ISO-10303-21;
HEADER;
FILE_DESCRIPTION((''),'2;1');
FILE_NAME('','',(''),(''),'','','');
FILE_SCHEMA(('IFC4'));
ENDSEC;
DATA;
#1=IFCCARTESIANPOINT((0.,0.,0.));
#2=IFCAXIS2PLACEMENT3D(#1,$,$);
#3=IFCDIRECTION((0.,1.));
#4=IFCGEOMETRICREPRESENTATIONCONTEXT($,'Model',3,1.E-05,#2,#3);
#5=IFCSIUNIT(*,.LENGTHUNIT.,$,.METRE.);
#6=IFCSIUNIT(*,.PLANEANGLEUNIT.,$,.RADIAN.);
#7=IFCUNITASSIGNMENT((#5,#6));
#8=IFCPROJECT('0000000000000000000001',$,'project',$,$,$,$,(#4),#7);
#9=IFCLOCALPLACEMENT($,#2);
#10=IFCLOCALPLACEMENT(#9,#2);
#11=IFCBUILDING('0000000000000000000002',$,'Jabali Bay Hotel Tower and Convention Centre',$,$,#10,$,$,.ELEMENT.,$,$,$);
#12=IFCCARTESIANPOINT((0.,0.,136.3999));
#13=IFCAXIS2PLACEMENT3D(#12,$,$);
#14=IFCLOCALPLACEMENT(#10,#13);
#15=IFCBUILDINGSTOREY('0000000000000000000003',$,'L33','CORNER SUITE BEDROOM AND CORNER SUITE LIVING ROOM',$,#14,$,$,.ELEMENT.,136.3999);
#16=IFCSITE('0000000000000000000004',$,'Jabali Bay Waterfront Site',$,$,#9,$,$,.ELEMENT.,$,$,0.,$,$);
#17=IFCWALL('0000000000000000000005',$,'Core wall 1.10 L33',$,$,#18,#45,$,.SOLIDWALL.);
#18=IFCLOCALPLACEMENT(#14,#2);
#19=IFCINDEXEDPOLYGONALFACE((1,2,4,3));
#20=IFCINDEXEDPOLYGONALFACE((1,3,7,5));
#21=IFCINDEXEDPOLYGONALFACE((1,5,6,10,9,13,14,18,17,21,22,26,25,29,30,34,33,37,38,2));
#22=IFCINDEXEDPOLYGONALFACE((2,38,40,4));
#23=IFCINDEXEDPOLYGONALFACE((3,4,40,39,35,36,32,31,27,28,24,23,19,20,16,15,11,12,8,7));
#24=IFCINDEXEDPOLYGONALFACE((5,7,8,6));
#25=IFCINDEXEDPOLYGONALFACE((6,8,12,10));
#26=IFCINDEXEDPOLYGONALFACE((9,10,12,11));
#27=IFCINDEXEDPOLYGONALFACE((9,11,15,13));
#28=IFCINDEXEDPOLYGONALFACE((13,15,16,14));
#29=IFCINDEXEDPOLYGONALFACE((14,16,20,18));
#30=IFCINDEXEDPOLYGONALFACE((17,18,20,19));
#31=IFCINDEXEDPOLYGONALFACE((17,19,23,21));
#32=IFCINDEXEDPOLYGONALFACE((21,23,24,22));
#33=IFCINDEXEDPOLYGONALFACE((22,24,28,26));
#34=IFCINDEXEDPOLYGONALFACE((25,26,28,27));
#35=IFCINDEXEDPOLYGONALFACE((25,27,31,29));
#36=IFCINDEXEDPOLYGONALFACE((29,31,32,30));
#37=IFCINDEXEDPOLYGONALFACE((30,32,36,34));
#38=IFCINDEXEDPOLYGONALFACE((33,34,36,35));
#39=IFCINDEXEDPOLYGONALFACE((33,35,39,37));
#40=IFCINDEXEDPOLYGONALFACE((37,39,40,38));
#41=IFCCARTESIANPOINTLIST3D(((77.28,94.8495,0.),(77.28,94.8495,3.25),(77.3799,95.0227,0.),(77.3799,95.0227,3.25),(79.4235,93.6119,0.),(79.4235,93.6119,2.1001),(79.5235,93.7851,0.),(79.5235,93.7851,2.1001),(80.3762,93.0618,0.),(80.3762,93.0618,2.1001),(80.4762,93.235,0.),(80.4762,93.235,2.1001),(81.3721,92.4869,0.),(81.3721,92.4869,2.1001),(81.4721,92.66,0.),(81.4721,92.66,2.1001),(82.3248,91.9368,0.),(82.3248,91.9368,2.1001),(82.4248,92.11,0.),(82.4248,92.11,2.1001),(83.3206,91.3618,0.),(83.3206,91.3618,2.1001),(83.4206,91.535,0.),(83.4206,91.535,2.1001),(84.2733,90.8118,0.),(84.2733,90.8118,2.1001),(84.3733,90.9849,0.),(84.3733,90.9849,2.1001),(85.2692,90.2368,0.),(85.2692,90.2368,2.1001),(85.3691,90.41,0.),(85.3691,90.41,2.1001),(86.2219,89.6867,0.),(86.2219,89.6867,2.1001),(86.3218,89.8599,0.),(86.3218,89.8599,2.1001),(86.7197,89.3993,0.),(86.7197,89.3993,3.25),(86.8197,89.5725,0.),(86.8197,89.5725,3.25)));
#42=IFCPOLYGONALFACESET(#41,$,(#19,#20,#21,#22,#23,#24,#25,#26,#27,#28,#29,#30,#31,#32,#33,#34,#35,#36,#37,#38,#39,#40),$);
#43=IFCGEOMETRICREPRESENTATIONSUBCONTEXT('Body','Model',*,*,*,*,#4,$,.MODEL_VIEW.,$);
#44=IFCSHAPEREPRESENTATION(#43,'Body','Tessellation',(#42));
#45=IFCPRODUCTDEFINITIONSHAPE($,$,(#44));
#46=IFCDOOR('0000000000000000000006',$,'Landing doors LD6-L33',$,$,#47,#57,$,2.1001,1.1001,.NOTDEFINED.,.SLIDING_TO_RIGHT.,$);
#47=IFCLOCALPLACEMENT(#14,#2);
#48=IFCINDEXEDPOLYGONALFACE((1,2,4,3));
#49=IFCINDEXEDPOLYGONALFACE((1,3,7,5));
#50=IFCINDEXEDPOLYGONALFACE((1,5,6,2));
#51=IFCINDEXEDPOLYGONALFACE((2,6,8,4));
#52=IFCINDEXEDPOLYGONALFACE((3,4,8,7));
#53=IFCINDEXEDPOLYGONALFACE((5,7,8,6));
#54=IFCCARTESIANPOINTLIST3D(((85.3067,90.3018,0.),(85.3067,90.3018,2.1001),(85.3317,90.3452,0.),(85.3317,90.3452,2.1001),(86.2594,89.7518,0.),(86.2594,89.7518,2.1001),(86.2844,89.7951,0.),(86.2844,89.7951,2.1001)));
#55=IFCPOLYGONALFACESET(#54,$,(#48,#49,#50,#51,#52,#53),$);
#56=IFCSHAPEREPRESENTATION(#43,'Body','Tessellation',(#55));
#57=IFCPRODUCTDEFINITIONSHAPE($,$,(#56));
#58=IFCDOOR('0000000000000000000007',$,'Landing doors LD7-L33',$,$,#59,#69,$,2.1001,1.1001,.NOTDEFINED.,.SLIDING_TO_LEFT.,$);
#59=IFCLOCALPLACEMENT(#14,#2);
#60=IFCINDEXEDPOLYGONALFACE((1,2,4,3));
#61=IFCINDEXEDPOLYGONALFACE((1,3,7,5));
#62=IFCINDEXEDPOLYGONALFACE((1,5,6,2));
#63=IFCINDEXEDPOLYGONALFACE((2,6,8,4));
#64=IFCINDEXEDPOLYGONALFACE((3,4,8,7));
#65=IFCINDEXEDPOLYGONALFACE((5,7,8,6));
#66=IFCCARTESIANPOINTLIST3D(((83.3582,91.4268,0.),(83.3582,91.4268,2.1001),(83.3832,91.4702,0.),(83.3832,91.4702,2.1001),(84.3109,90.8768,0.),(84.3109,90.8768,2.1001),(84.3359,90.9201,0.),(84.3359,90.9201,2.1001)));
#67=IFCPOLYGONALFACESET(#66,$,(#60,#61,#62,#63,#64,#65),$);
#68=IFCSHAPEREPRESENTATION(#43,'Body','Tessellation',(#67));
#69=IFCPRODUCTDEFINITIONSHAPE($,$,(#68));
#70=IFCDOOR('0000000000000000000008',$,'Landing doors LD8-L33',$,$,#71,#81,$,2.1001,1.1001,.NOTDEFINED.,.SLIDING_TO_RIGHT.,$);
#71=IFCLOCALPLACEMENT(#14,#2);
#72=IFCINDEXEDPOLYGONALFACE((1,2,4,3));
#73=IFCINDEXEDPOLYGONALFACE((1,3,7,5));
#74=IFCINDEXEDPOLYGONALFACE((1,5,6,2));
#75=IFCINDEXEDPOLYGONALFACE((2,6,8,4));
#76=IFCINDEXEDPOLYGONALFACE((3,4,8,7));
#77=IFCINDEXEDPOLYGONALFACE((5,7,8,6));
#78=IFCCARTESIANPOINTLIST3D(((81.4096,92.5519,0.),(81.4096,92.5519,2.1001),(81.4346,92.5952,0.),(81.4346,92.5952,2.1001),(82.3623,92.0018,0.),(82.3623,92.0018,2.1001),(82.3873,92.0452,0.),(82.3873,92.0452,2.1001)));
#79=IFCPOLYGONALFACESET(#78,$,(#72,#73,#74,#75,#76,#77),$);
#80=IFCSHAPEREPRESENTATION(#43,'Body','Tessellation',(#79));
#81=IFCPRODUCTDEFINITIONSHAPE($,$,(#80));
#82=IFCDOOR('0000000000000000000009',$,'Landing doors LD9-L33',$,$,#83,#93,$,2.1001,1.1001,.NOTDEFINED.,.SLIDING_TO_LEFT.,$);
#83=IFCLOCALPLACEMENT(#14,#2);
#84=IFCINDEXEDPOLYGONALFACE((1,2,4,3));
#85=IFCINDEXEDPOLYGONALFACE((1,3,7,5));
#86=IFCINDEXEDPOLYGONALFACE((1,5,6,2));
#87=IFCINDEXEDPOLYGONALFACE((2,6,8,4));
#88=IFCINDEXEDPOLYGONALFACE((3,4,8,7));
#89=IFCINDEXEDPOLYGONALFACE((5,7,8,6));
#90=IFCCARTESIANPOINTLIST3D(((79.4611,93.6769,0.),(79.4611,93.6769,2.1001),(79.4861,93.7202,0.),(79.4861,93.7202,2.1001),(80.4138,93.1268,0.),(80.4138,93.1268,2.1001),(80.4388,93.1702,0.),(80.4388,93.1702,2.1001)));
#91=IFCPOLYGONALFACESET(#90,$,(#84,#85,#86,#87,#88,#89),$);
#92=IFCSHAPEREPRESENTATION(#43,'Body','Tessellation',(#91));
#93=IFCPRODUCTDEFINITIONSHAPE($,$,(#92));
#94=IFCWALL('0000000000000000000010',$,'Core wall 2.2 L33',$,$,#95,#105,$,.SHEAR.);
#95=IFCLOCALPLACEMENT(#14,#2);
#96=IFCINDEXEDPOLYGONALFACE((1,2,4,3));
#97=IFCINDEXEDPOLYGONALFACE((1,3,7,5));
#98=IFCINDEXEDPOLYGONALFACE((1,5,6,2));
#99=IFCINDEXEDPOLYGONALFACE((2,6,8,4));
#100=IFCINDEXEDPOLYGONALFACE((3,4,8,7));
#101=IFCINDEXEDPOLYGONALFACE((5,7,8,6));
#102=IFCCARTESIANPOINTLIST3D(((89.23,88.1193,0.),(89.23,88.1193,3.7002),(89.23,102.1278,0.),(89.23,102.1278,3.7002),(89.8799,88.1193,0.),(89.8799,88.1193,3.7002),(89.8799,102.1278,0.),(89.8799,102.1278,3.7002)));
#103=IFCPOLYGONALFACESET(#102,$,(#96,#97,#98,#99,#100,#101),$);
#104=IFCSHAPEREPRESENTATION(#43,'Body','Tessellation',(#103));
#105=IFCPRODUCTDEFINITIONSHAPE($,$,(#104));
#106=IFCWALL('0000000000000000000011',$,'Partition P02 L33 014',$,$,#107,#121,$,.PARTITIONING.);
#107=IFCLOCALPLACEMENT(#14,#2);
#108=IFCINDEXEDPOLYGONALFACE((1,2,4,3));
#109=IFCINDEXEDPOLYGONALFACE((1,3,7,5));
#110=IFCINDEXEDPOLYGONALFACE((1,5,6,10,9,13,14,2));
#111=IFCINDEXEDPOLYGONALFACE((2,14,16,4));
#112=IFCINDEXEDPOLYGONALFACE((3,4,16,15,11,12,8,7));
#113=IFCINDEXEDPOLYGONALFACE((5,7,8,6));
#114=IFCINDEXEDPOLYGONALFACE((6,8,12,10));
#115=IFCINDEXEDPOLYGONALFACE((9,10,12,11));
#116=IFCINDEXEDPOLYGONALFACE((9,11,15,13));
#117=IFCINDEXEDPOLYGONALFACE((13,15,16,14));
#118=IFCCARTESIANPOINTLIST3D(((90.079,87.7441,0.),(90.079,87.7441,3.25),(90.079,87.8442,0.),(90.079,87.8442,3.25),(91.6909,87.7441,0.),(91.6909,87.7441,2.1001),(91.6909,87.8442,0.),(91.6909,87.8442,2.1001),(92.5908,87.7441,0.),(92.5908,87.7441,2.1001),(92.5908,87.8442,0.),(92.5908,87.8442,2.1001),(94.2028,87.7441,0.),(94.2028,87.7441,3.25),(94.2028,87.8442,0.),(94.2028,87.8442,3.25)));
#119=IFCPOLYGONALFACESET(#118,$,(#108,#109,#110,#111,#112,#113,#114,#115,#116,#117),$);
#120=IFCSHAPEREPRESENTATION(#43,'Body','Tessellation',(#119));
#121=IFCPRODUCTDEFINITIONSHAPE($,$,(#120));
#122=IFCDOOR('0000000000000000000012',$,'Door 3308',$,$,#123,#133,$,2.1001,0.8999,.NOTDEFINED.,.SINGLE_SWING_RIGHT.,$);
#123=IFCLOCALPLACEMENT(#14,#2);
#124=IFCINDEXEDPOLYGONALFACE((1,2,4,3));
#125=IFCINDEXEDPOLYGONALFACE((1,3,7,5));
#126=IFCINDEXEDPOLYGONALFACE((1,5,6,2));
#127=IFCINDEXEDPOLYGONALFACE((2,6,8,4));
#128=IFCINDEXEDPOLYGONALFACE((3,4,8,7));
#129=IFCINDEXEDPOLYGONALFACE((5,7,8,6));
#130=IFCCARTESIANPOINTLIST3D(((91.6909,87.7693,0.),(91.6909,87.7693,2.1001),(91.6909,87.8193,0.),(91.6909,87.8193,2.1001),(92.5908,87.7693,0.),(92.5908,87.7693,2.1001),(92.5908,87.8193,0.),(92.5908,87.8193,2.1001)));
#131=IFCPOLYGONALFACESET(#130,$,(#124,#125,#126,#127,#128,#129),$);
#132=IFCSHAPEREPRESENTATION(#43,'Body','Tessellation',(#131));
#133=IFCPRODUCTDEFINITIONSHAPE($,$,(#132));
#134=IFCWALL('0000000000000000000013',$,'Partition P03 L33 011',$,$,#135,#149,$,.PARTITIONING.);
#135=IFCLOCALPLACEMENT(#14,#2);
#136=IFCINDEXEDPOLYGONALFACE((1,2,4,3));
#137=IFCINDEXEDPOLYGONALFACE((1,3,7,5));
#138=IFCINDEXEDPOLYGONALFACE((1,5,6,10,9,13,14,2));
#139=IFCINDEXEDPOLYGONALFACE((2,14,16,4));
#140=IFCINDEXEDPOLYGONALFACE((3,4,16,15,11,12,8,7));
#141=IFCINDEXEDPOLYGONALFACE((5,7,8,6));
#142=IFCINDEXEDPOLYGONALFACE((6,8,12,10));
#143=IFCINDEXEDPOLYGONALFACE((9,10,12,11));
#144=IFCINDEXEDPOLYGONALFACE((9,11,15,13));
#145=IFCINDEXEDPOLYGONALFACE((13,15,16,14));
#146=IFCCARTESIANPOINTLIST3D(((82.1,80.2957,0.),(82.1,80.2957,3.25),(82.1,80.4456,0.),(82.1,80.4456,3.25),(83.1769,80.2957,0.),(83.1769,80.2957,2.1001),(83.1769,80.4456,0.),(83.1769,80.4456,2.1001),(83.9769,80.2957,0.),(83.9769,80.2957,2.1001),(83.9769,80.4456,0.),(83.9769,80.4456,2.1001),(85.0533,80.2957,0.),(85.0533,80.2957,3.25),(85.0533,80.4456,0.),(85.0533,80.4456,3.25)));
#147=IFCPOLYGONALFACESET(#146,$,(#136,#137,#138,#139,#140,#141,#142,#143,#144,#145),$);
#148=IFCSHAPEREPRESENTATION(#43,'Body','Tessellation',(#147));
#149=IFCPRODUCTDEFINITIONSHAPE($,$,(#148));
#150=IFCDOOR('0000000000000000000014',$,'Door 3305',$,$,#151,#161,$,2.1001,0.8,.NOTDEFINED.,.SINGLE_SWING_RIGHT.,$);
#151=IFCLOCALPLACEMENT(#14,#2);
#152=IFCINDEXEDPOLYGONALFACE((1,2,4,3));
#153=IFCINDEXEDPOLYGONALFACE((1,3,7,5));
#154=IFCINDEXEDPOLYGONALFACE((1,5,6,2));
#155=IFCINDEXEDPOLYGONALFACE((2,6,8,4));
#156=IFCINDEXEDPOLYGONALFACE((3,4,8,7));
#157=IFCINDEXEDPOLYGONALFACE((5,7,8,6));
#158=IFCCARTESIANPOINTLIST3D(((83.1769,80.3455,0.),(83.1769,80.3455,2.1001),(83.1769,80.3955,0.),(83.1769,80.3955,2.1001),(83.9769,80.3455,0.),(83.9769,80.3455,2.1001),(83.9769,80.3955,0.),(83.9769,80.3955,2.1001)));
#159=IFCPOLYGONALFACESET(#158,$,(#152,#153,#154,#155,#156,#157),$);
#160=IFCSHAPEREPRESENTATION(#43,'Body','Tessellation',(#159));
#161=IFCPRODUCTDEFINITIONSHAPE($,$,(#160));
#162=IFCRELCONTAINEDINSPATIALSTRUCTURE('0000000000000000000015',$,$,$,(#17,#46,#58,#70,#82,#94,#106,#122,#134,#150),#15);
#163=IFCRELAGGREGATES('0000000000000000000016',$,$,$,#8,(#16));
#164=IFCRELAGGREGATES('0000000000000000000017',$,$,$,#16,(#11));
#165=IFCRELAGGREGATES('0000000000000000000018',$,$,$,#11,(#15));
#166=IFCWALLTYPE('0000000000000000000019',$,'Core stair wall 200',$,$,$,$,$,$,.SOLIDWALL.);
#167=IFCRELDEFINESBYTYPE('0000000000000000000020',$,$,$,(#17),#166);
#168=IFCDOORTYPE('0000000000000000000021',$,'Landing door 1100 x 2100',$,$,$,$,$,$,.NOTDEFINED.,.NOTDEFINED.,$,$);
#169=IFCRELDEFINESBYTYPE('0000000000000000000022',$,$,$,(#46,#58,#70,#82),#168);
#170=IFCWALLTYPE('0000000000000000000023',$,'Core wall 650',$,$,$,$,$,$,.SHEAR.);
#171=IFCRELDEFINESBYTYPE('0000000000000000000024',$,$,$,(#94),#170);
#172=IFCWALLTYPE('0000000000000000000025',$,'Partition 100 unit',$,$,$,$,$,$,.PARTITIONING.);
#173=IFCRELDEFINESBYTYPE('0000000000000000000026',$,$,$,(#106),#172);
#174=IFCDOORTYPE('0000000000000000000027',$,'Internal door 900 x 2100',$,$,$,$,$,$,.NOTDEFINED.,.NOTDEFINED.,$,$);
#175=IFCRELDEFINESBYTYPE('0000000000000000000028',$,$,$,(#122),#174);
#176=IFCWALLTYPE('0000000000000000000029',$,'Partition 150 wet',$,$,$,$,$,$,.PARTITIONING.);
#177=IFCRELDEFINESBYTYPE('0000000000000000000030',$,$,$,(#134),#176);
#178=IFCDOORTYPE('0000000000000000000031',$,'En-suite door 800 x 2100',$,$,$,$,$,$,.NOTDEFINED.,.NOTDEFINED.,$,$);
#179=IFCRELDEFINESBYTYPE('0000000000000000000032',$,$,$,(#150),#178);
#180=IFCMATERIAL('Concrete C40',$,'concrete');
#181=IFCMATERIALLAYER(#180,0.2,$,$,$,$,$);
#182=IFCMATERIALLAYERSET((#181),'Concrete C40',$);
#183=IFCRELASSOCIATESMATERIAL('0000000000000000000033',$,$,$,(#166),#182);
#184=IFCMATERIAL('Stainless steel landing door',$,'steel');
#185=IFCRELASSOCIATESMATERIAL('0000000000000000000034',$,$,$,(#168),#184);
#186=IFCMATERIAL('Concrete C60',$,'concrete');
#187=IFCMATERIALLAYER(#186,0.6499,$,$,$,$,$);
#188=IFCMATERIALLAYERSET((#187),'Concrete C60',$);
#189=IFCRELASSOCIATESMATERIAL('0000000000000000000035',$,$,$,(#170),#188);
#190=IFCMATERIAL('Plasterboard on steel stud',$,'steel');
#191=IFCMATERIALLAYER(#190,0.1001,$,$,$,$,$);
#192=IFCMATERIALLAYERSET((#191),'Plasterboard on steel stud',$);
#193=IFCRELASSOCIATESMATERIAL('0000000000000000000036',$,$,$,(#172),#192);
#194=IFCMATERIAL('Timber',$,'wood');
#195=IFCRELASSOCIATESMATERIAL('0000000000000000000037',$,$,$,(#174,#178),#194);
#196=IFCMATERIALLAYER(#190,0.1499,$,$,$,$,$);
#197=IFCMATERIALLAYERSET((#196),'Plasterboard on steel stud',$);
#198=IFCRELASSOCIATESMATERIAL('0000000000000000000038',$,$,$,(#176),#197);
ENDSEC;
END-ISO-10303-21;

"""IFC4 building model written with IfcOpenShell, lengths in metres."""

from ifc_helpers import new_model, si_unit, direction, frame, frame_2d, origin, place, context, subcontext, project, spatial, rectangle, extrude, material, layer, layer_set, type_object, element, fill, save


model = new_model("IFC4")

# Units and contexts
model_context = context("Model", 3, precision=1e-05, world=origin(), true_north=direction((0.0, 1.0)))
body_context = subcontext(model_context, "Body", "Model", "MODEL_VIEW")
ifc_project = project(units=[si_unit("LENGTHUNIT", "METRE"), si_unit("PLANEANGLEUNIT", "RADIAN")], contexts=[model_context])

# Site, building, storey
site_placement = place(None, origin())
site = spatial("IfcSite", under=ifc_project, at=site_placement, Name="Jabali Bay Waterfront Site", CompositionType="ELEMENT", RefElevation=0.0)
building_placement = place(site_placement, origin())
building = spatial("IfcBuilding", under=site, at=building_placement, Name="Jabali Bay Hotel Tower and Convention Centre", CompositionType="ELEMENT")
storey_placement = place(building_placement, frame((0.0, 0.0, 136.3999)))
storey = spatial("IfcBuildingStorey", under=building, at=storey_placement, Name="L33", Description="CORNER SUITE BEDROOM AND CORNER SUITE LIVING ROOM", CompositionType="ELEMENT", Elevation=136.3999)

# Shared definitions
ifc_material_1 = material(Name="Concrete C60", Category="concrete")

# Shared definitions
ifc_material_2 = material(Name="Concrete C40", Category="concrete")

# Shared definitions
ifc_layer_1 = layer(ifc_material_2, 0.2)
ifc_layer_set_1 = layer_set([ifc_layer_1], Name="Concrete C40")
wall_type_1 = type_object("IfcWallType", Name="Core stair wall 200", PredefinedType="SOLIDWALL", material=ifc_layer_set_1)

# Wall, openings, doors
wall_1_placement = place(storey_placement, frame((86.7698, 89.4858, 0.0), z_axis=(0.0, 0.0, 1.0), x_axis=(-0.866018, 0.500013, 0.0)))
wall_1 = element("IfcWall", 1, at=wall_1_placement, inside=storey, type_object=wall_type_1, Name="Core wall 1.10 L33", PredefinedType="SOLIDWALL", context=body_context, shape_type="SweptSolid", body=[
    extrude(rectangle(XDim=10.9001, YDim=0.2, at=frame_2d((5.4502, 0.0))), origin(), (0.0, 0.0, 1.0), 3.25),
])
opening_1_placement = place(wall_1_placement, frame((0.575, 0.0, 0.0)))
opening_1 = element("IfcOpeningElement", 2, at=opening_1_placement, cuts=wall_1, PredefinedType="OPENING", context=body_context, shape_type="SweptSolid", body=[
    extrude(rectangle(XDim=1.1001, YDim=2.1001, at=frame_2d((0.55, 1.05))), frame((0.0, 0.1104, 0.0), z_axis=(0.0, -1.0, 0.0), x_axis=(1.0, 0.0, 0.0)), (0.0, 0.0, 1.0), 0.2209),
])
opening_2_placement = place(wall_1_placement, frame((2.825, 0.0, 0.0)))
opening_2 = element("IfcOpeningElement", 3, at=opening_2_placement, cuts=wall_1, PredefinedType="OPENING", context=body_context, shape_type="SweptSolid", body=[
    extrude(rectangle(XDim=1.1001, YDim=2.1001, at=frame_2d((0.55, 1.05))), frame((0.0, 0.1104, 0.0), z_axis=(0.0, -1.0, 0.0), x_axis=(1.0, 0.0, 0.0)), (0.0, 0.0, 1.0), 0.2209),
])
opening_3_placement = place(wall_1_placement, frame((5.075, 0.0, 0.0)))
opening_3 = element("IfcOpeningElement", 4, at=opening_3_placement, cuts=wall_1, PredefinedType="OPENING", context=body_context, shape_type="SweptSolid", body=[
    extrude(rectangle(XDim=1.1001, YDim=2.1001, at=frame_2d((0.55, 1.05))), frame((0.0, 0.1104, 0.0), z_axis=(0.0, -1.0, 0.0), x_axis=(1.0, 0.0, 0.0)), (0.0, 0.0, 1.0), 0.2209),
])
opening_4_placement = place(wall_1_placement, frame((7.325, 0.0, 0.0)))
opening_4 = element("IfcOpeningElement", 5, at=opening_4_placement, cuts=wall_1, PredefinedType="OPENING", context=body_context, shape_type="SweptSolid", body=[
    extrude(rectangle(XDim=1.1001, YDim=2.1001, at=frame_2d((0.55, 1.05))), frame((0.0, 0.1104, 0.0), z_axis=(0.0, -1.0, 0.0), x_axis=(1.0, 0.0, 0.0)), (0.0, 0.0, 1.0), 0.2209),
])
ifc_material_3 = material(Name="Stainless steel landing door", Category="steel")
door_type_1 = type_object("IfcDoorType", Name="Landing door 1100 x 2100", OperationType="NOTDEFINED", PredefinedType="NOTDEFINED", material=ifc_material_3)
door_1_placement = place(opening_1_placement, origin())
door_1 = element("IfcDoor", 6, at=door_1_placement, inside=storey, type_object=door_type_1, Name="Landing doors LD6-L33", OperationType="SLIDING_TO_RIGHT", OverallHeight=2.1001, OverallWidth=1.1001, PredefinedType="NOTDEFINED", context=body_context, shape_type="SweptSolid", body=[
    extrude(rectangle(XDim=1.1001, YDim=2.1001, at=frame_2d((0.55, 1.05))), frame((0.0, 0.0249, 0.0), z_axis=(0.0, -1.0, 0.0), x_axis=(1.0, 0.0, 0.0)), (0.0, 0.0, 1.0), 0.05),
])
fill(opening_1, door_1)
door_2_placement = place(opening_2_placement, origin())
door_2 = element("IfcDoor", 7, at=door_2_placement, inside=storey, type_object=door_type_1, Name="Landing doors LD7-L33", OperationType="SLIDING_TO_LEFT", OverallHeight=2.1001, OverallWidth=1.1001, PredefinedType="NOTDEFINED", context=body_context, shape_type="SweptSolid", body=[
    extrude(rectangle(XDim=1.1001, YDim=2.1001, at=frame_2d((0.55, 1.05))), frame((0.0, 0.0249, 0.0), z_axis=(0.0, -1.0, 0.0), x_axis=(1.0, 0.0, 0.0)), (0.0, 0.0, 1.0), 0.05),
])
fill(opening_2, door_2)
door_3_placement = place(opening_3_placement, origin())
door_3 = element("IfcDoor", 8, at=door_3_placement, inside=storey, type_object=door_type_1, Name="Landing doors LD8-L33", OperationType="SLIDING_TO_RIGHT", OverallHeight=2.1001, OverallWidth=1.1001, PredefinedType="NOTDEFINED", context=body_context, shape_type="SweptSolid", body=[
    extrude(rectangle(XDim=1.1001, YDim=2.1001, at=frame_2d((0.55, 1.05))), frame((0.0, 0.0249, 0.0), z_axis=(0.0, -1.0, 0.0), x_axis=(1.0, 0.0, 0.0)), (0.0, 0.0, 1.0), 0.05),
])
fill(opening_3, door_3)
door_4_placement = place(opening_4_placement, origin())
door_4 = element("IfcDoor", 9, at=door_4_placement, inside=storey, type_object=door_type_1, Name="Landing doors LD9-L33", OperationType="SLIDING_TO_LEFT", OverallHeight=2.1001, OverallWidth=1.1001, PredefinedType="NOTDEFINED", context=body_context, shape_type="SweptSolid", body=[
    extrude(rectangle(XDim=1.1001, YDim=2.1001, at=frame_2d((0.55, 1.05))), frame((0.0, 0.0249, 0.0), z_axis=(0.0, -1.0, 0.0), x_axis=(1.0, 0.0, 0.0)), (0.0, 0.0, 1.0), 0.05),
])
fill(opening_4, door_4)

# Wall
ifc_layer_2 = layer(ifc_material_1, 0.6499)
ifc_layer_set_2 = layer_set([ifc_layer_2], Name="Concrete C60")
wall_type_2 = type_object("IfcWallType", Name="Core wall 650", PredefinedType="SHEAR", material=ifc_layer_set_2)
wall_2_placement = place(storey_placement, frame((89.5549, 88.1191, 0.0), z_axis=(0.0, 0.0, 1.0), x_axis=(0.0, 1.0, 0.0)))
element("IfcWall", 10, at=wall_2_placement, inside=storey, type_object=wall_type_2, Name="Core wall 2.2 L33", PredefinedType="SHEAR", context=body_context, shape_type="SweptSolid", body=[
    extrude(rectangle(XDim=14.0085, YDim=0.6499, at=frame_2d((7.0044, 0.0))), origin(), (0.0, 0.0, 1.0), 3.7002),
])

# Walls, openings, doors
ifc_material_4 = material(Name="Plasterboard on steel stud", Category="steel")
ifc_layer_3 = layer(ifc_material_4, 0.1001)
ifc_layer_set_3 = layer_set([ifc_layer_3], Name="Plasterboard on steel stud")
wall_type_3 = type_object("IfcWallType", Name="Partition 100 unit", PredefinedType="PARTITIONING", material=ifc_layer_set_3)
wall_3_placement = place(storey_placement, frame((94.2029, 87.7942, 0.0), z_axis=(0.0, 0.0, 1.0), x_axis=(-1.0, 0.0, 0.0)))
wall_3 = element("IfcWall", 11, at=wall_3_placement, inside=storey, type_object=wall_type_3, Name="Partition P02 L33 014", PredefinedType="PARTITIONING", context=body_context, shape_type="SweptSolid", body=[
    extrude(rectangle(XDim=4.1238, YDim=0.1001, at=frame_2d((2.062, 0.0))), origin(), (0.0, 0.0, 1.0), 3.25),
])
opening_5_placement = place(wall_3_placement, frame((1.6121, 0.0, 0.0)))
opening_5 = element("IfcOpeningElement", 12, at=opening_5_placement, cuts=wall_3, PredefinedType="OPENING", context=body_context, shape_type="SweptSolid", body=[
    extrude(rectangle(XDim=0.8999, YDim=2.1001, at=frame_2d((0.45, 1.05))), frame((0.0, 0.0605, 0.0), z_axis=(0.0, -1.0, 0.0), x_axis=(1.0, 0.0, 0.0)), (0.0, 0.0, 1.0), 0.1211),
])
ifc_material_5 = material(Name="Timber", Category="wood")
door_type_2 = type_object("IfcDoorType", Name="Internal door 900 x 2100", OperationType="NOTDEFINED", PredefinedType="NOTDEFINED", material=ifc_material_5)
door_5_placement = place(opening_5_placement, origin())
door_5 = element("IfcDoor", 13, at=door_5_placement, inside=storey, type_object=door_type_2, Name="Door 3308", OperationType="SINGLE_SWING_RIGHT", OverallHeight=2.1001, OverallWidth=0.8999, PredefinedType="NOTDEFINED", context=body_context, shape_type="SweptSolid", body=[
    extrude(rectangle(XDim=0.8999, YDim=2.1001, at=frame_2d((0.45, 1.05))), frame((0.0, 0.0249, 0.0), z_axis=(0.0, -1.0, 0.0), x_axis=(1.0, 0.0, 0.0)), (0.0, 0.0, 1.0), 0.05),
])
fill(opening_5, door_5)
ifc_layer_4 = layer(ifc_material_4, 0.1499)
ifc_layer_set_4 = layer_set([ifc_layer_4], Name="Plasterboard on steel stud")
wall_type_4 = type_object("IfcWallType", Name="Partition 150 wet", PredefinedType="PARTITIONING", material=ifc_layer_set_4)
wall_4_placement = place(storey_placement, frame((82.1001, 80.3706, 0.0), z_axis=(0.0, 0.0, 1.0), x_axis=(1.0, 0.0, 0.0)))
wall_4 = element("IfcWall", 14, at=wall_4_placement, inside=storey, type_object=wall_type_4, Name="Partition P03 L33 011", PredefinedType="PARTITIONING", context=body_context, shape_type="SweptSolid", body=[
    extrude(rectangle(XDim=2.9534, YDim=0.1499, at=frame_2d((1.4766, 0.0))), origin(), (0.0, 0.0, 1.0), 3.25),
])
opening_6_placement = place(wall_4_placement, frame((1.0769, 0.0, 0.0)))
opening_6 = element("IfcOpeningElement", 15, at=opening_6_placement, cuts=wall_4, PredefinedType="OPENING", context=body_context, shape_type="SweptSolid", body=[
    extrude(rectangle(XDim=0.8, YDim=2.1001, at=frame_2d((0.3999, 1.05))), frame((0.0, 0.0854, 0.0), z_axis=(0.0, -1.0, 0.0), x_axis=(1.0, 0.0, 0.0)), (0.0, 0.0, 1.0), 0.1709),
])
door_type_3 = type_object("IfcDoorType", Name="En-suite door 800 x 2100", OperationType="NOTDEFINED", PredefinedType="NOTDEFINED", material=ifc_material_5)
door_6_placement = place(opening_6_placement, origin())
door_6 = element("IfcDoor", 16, at=door_6_placement, inside=storey, type_object=door_type_3, Name="Door 3305", OperationType="SINGLE_SWING_RIGHT", OverallHeight=2.1001, OverallWidth=0.8, PredefinedType="NOTDEFINED", context=body_context, shape_type="SweptSolid", body=[
    extrude(rectangle(XDim=0.8, YDim=2.1001, at=frame_2d((0.3999, 1.05))), frame((0.0, 0.0249, 0.0), z_axis=(0.0, -1.0, 0.0), x_axis=(1.0, 0.0, 0.0)), (0.0, 0.0, 1.0), 0.05),
])
fill(opening_6, door_6)

save(model, "model.ifc")
